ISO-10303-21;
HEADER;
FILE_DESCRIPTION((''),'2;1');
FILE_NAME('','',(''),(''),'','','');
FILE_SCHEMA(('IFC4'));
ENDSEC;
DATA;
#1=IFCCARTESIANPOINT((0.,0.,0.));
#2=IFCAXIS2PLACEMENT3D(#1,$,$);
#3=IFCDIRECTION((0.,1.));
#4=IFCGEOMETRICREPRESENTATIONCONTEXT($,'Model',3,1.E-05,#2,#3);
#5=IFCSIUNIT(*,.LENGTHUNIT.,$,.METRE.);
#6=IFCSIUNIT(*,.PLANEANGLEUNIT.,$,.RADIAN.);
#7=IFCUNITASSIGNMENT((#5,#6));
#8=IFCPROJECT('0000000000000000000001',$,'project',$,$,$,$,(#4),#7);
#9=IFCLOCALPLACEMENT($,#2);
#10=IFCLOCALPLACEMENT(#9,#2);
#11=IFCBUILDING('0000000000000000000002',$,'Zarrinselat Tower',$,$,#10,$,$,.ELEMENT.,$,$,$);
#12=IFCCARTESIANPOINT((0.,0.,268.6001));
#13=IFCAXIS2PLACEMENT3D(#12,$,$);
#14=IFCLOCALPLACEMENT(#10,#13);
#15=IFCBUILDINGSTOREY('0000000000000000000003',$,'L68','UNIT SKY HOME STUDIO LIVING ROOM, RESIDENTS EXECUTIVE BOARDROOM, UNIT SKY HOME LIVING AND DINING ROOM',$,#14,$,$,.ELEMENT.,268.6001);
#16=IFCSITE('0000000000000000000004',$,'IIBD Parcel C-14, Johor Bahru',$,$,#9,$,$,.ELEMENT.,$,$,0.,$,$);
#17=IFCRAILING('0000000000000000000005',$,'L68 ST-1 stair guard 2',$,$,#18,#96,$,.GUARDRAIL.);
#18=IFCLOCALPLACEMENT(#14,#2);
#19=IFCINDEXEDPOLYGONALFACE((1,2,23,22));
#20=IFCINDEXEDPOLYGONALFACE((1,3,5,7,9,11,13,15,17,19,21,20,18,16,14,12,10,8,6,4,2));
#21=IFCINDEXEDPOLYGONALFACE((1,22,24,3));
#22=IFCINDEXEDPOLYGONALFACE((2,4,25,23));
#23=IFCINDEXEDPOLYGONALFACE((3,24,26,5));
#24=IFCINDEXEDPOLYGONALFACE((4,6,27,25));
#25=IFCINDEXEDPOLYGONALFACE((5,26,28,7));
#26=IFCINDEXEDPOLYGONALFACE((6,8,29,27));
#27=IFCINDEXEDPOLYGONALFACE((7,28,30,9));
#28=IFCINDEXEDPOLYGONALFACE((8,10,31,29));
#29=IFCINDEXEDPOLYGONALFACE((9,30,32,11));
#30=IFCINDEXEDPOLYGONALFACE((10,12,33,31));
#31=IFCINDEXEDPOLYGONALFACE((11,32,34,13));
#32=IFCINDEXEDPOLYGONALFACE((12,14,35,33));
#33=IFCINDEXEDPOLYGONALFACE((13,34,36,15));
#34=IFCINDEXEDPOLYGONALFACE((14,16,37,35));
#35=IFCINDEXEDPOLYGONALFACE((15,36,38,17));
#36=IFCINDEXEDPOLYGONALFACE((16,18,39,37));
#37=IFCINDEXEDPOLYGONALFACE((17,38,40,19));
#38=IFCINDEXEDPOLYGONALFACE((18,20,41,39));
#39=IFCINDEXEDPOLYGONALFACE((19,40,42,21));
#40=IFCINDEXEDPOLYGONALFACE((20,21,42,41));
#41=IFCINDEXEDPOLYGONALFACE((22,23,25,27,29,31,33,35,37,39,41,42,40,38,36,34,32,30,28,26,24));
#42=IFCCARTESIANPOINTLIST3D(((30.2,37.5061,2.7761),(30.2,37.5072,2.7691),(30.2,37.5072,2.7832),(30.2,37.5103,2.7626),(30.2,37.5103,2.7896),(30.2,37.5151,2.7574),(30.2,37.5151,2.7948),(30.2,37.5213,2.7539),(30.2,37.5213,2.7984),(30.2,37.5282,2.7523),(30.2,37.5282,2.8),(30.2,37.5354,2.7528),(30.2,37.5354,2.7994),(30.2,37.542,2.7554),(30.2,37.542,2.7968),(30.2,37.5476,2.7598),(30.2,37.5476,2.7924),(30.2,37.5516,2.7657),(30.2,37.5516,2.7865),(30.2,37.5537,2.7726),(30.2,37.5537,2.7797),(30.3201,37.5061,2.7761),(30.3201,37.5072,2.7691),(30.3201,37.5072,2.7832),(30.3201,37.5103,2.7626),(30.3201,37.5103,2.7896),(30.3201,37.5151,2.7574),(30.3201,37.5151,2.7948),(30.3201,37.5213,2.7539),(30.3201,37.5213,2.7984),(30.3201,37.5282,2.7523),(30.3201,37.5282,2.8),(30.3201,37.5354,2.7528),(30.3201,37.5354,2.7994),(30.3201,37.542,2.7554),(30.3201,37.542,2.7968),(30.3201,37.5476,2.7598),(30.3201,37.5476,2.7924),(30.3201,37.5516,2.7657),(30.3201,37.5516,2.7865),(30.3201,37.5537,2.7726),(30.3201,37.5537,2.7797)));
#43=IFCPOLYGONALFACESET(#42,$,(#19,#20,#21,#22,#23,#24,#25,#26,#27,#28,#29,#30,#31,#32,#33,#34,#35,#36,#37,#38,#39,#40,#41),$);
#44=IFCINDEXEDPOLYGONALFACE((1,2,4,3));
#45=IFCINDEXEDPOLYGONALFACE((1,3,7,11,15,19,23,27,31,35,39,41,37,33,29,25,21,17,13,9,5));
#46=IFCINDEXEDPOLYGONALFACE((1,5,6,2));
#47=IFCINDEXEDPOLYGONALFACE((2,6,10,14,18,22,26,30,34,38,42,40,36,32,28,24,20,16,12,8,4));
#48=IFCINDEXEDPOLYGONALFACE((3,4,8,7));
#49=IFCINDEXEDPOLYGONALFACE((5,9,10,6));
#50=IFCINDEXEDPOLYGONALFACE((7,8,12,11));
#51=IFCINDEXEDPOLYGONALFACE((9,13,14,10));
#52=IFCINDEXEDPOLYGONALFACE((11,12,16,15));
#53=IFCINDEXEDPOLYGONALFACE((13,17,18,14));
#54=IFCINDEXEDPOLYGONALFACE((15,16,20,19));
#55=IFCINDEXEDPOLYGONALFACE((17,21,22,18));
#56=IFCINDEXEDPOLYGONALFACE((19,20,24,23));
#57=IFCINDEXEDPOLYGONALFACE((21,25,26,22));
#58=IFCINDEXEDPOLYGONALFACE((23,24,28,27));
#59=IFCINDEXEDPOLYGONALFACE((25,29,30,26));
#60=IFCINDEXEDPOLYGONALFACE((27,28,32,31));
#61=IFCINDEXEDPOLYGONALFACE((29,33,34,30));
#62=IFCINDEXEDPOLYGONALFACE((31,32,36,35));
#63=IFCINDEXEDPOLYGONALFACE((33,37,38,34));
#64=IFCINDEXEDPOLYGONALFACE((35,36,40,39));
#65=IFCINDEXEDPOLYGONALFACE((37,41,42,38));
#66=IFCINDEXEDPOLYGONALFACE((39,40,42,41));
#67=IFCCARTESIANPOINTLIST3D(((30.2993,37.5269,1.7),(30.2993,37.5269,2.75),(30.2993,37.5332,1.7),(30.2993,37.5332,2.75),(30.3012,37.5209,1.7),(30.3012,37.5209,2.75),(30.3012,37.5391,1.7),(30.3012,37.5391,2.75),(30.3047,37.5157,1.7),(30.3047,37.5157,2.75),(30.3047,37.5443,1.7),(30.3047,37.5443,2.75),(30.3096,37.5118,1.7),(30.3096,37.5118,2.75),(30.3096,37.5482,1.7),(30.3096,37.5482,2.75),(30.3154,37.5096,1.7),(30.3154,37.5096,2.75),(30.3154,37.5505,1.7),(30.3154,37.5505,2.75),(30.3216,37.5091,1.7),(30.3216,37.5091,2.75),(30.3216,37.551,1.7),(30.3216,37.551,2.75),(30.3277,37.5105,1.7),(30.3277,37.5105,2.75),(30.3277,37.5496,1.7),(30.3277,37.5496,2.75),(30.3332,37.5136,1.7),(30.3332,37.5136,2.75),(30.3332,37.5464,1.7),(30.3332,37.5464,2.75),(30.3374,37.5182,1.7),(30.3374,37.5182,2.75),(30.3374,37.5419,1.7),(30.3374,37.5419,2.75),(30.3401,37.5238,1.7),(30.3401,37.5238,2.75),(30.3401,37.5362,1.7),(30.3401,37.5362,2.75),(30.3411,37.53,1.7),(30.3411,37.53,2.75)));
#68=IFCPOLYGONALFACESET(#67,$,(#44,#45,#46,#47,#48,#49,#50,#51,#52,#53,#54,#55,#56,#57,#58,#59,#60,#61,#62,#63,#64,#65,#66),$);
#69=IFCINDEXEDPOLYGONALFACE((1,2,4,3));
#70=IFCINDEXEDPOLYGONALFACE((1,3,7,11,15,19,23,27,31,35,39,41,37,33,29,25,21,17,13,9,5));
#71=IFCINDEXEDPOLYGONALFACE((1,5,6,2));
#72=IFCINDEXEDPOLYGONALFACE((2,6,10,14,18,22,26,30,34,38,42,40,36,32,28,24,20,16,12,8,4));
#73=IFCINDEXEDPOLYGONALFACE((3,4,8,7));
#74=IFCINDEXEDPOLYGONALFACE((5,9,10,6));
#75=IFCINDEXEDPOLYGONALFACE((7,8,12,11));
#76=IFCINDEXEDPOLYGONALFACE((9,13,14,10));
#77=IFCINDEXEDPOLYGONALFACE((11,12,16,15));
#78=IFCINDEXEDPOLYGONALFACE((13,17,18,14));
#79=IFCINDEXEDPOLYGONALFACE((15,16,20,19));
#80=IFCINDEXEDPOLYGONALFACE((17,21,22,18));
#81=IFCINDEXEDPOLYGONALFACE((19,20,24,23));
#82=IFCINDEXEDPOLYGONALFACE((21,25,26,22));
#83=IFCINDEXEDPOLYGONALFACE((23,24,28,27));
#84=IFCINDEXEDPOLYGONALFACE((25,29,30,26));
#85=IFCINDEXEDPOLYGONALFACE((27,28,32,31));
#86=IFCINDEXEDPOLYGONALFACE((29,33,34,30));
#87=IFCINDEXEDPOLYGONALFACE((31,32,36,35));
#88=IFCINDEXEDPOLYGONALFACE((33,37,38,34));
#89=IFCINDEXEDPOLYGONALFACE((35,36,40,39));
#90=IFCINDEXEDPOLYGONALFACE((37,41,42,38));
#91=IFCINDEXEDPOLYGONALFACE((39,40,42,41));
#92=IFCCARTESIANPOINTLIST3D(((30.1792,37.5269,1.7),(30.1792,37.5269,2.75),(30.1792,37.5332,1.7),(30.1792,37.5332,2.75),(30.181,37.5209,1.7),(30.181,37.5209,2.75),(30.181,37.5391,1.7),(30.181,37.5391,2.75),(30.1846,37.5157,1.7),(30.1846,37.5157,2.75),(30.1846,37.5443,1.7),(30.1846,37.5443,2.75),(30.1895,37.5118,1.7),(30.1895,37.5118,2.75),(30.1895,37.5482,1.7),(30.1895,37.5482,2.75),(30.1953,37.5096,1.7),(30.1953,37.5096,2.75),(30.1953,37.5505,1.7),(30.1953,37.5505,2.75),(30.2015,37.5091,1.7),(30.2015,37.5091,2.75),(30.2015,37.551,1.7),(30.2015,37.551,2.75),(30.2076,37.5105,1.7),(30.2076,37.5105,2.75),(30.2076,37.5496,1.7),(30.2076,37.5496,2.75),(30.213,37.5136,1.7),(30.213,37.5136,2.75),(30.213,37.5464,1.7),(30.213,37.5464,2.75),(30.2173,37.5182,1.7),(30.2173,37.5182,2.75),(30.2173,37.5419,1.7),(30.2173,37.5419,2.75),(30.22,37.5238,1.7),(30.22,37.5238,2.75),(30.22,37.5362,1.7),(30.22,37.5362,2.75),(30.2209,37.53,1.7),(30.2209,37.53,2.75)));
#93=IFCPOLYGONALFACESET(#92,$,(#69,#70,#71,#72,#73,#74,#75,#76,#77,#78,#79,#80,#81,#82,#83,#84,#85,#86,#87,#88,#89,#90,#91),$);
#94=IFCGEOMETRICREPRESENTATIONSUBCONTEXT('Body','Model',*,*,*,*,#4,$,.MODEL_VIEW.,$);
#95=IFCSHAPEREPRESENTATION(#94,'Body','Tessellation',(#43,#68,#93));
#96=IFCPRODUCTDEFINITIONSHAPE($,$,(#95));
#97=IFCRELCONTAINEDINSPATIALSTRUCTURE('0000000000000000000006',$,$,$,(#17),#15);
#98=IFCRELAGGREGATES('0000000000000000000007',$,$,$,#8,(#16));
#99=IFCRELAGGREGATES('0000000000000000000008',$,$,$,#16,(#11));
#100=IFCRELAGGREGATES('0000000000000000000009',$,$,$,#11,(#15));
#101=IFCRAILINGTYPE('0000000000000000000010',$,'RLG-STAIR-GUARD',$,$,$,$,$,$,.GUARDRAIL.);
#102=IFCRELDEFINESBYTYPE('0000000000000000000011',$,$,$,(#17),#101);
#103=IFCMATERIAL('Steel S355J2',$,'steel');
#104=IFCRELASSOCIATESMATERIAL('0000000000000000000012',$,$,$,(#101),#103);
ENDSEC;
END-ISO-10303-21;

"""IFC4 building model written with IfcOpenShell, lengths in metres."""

from ifc_helpers import new_model, si_unit, direction, frame, origin, origin_2d, place, context, subcontext, project, spatial, circle, extrude, material, type_object, element, save


model = new_model("IFC4")

# Units and contexts
model_context = context("Model", 3, precision=1e-05, world=origin(), true_north=direction((0.0, 1.0)))
body_context = subcontext(model_context, "Body", "Model", "MODEL_VIEW")
ifc_project = project(units=[si_unit("LENGTHUNIT", "METRE"), si_unit("PLANEANGLEUNIT", "RADIAN")], contexts=[model_context])

# Site, building, storey
site_placement = place(None, origin())
site = spatial("IfcSite", under=ifc_project, at=site_placement, Name="IIBD Parcel C-14, Johor Bahru", CompositionType="ELEMENT", RefElevation=0.0)
building_placement = place(site_placement, origin())
building = spatial("IfcBuilding", under=site, at=building_placement, Name="Zarrinselat Tower", CompositionType="ELEMENT")
storey_placement = place(building_placement, frame((0.0, 0.0, 268.6001)))
storey = spatial("IfcBuildingStorey", under=building, at=storey_placement, Name="L68", Description="UNIT SKY HOME STUDIO LIVING ROOM, RESIDENTS EXECUTIVE BOARDROOM, UNIT SKY HOME LIVING AND DINING ROOM", CompositionType="ELEMENT", Elevation=268.6001)

# Railing
ifc_material_1 = material(Name="Steel S355J2", Category="steel")
railing_type_1 = type_object("IfcRailingType", Name="RLG-STAIR-GUARD", PredefinedType="GUARDRAIL", material=ifc_material_1)
railing_1_placement = place(storey_placement, frame((30.3201, 37.53, 1.7)))
element("IfcRailing", 1, at=railing_1_placement, inside=storey, type_object=railing_type_1, Name="L68 ST-1 stair guard 2", PredefinedType="GUARDRAIL", context=body_context, shape_type="SweptSolid", body=[
    extrude(circle(Radius=0.0239, at=origin_2d()), frame((0.0, 0.0, 1.0762), z_axis=(-1.0, 0.0, 0.0), x_axis=(0.0, -1.0, 0.0)), (0.0, 0.0, 1.0), 0.1201),
    extrude(circle(Radius=0.021, at=origin_2d()), origin(), (0.0, 0.0, 1.0), 1.05),
    extrude(circle(Radius=0.021, at=origin_2d()), frame((-0.1201, 0.0, 0.0)), (0.0, 0.0, 1.0), 1.05),
])

save(model, "model.ifc")
